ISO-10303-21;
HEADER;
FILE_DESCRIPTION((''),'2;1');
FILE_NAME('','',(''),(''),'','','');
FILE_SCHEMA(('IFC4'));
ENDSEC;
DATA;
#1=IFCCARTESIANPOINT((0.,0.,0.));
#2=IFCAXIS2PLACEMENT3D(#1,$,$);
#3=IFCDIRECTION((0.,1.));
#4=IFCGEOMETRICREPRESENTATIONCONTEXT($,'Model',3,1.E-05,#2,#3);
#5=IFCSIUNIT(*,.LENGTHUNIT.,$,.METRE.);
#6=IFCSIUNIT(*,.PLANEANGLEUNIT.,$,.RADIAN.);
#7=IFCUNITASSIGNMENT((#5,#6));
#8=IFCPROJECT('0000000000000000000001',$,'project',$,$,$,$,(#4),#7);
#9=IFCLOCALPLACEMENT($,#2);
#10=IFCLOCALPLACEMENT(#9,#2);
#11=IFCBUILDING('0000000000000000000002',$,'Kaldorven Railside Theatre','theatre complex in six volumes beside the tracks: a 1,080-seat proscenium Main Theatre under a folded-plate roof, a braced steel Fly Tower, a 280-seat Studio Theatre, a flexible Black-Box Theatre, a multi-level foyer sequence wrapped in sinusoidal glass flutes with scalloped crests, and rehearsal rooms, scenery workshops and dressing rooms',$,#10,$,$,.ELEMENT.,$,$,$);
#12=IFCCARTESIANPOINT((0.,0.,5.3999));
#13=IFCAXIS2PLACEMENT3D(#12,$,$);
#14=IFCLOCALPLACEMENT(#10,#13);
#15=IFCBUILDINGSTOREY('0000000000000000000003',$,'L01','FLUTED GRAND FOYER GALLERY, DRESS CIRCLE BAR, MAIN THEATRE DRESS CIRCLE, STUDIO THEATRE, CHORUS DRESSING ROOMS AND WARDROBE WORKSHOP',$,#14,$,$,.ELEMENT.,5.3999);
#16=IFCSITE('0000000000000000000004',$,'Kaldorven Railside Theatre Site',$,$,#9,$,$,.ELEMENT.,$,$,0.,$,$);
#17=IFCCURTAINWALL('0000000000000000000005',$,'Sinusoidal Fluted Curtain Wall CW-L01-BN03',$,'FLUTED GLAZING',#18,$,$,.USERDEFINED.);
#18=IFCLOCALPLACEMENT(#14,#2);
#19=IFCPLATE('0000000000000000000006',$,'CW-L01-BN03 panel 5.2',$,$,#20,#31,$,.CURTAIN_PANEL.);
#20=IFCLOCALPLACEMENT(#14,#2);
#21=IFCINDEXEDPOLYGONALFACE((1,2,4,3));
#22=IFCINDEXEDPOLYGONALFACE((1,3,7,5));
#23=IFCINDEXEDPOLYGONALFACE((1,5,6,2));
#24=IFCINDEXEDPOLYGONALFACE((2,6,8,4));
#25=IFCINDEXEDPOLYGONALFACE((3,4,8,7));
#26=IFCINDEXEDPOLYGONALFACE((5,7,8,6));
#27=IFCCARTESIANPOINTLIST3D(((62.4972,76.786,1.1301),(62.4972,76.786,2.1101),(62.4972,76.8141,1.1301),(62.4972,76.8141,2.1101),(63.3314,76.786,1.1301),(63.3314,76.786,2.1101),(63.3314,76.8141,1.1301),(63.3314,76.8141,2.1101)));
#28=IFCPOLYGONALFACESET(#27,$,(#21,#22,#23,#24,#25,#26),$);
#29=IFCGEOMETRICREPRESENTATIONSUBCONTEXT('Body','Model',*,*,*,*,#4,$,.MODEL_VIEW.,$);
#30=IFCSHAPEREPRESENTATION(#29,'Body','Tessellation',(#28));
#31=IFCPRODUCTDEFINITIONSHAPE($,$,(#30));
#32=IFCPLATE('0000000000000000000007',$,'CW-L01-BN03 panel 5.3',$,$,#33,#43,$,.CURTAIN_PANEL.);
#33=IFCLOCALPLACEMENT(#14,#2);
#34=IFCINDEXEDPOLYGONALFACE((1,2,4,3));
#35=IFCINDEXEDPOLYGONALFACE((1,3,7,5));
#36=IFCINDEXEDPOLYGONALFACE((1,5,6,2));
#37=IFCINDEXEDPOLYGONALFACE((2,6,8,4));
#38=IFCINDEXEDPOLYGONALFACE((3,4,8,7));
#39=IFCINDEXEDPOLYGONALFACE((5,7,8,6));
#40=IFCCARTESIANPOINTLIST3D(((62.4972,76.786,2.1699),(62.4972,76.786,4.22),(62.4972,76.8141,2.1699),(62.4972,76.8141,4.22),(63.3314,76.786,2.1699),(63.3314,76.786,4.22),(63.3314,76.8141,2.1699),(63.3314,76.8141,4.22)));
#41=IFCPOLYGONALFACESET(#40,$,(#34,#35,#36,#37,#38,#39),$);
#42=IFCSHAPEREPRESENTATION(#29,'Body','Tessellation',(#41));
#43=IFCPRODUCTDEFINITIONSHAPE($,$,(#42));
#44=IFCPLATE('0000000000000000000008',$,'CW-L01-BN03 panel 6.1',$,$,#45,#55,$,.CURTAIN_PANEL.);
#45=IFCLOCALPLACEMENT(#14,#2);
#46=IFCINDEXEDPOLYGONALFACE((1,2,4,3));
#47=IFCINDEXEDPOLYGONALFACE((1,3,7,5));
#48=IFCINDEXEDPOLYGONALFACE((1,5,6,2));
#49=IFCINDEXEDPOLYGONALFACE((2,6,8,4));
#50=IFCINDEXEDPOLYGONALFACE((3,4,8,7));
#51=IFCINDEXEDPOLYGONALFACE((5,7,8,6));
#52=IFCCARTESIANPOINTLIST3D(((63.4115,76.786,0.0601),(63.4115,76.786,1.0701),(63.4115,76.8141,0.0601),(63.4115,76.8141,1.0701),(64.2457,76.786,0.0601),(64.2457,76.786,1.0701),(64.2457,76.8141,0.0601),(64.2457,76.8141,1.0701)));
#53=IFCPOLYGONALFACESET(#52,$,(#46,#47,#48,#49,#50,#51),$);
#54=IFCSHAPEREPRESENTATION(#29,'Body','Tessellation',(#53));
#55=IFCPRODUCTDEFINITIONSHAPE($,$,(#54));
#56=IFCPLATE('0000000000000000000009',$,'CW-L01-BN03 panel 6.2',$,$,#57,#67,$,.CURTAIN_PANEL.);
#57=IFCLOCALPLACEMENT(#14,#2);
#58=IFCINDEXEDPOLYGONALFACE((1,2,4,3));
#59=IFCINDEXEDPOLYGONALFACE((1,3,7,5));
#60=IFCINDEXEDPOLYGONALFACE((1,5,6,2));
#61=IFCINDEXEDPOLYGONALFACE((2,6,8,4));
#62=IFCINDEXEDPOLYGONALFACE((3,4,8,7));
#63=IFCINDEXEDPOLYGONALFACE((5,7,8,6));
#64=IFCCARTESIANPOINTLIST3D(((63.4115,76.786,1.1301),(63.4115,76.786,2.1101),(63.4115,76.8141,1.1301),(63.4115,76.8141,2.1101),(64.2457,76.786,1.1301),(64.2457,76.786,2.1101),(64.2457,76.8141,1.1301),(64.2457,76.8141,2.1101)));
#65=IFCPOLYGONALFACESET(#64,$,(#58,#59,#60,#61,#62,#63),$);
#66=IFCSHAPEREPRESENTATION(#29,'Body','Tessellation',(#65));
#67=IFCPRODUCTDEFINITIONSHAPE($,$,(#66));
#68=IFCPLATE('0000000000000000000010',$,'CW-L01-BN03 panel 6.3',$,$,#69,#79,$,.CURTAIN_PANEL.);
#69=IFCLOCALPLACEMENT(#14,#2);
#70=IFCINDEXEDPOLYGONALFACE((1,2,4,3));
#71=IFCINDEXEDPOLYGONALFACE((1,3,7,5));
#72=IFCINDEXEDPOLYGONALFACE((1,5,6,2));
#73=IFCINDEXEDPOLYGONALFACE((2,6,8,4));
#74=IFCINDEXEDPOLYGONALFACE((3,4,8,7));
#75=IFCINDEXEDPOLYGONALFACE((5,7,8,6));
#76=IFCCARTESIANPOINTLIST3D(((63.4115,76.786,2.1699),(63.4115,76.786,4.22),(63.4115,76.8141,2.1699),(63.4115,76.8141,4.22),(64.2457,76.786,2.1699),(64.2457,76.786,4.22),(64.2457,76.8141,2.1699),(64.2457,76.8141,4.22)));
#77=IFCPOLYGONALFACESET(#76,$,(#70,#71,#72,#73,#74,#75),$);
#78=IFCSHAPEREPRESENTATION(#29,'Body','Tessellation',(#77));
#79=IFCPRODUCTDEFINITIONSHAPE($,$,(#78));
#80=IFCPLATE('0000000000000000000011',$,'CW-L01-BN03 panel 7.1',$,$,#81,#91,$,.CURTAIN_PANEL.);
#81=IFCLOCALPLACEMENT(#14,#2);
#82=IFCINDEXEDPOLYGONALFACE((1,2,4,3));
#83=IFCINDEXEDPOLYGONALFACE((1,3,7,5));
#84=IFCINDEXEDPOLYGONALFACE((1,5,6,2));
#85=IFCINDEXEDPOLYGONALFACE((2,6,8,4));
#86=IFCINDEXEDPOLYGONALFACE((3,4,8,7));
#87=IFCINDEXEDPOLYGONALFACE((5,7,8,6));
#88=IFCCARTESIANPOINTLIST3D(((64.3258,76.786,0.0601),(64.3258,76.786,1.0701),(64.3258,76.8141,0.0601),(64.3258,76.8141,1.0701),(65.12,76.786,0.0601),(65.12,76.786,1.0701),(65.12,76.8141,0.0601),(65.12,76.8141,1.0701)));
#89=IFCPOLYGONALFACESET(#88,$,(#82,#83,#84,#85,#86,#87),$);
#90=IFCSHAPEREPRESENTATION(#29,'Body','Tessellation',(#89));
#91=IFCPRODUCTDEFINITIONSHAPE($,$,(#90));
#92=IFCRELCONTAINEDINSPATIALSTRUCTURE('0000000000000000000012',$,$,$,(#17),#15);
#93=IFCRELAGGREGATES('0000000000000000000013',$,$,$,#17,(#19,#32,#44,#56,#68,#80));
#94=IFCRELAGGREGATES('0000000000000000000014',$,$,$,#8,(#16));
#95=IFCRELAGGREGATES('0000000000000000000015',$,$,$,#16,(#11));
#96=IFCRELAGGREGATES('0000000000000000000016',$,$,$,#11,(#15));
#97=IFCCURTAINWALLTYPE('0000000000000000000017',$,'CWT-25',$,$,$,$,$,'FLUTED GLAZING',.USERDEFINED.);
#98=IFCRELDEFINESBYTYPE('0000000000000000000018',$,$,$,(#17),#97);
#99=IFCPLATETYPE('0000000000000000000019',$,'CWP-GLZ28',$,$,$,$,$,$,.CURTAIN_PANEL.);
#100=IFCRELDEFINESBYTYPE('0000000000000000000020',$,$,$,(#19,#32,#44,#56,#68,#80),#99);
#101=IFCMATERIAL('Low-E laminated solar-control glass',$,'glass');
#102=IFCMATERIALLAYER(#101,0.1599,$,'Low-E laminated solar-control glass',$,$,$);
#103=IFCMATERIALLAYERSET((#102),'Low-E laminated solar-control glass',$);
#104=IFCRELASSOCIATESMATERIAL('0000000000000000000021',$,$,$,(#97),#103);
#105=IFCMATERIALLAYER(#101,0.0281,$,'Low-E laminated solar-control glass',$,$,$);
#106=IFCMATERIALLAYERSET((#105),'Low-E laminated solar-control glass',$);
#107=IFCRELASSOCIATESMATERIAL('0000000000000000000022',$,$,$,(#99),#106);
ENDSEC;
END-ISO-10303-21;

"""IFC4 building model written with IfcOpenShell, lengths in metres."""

from ifc_helpers import new_model, si_unit, direction, frame, origin, origin_2d, place, context, subcontext, project, spatial, rectangle, extrude, material, layer, layer_set, type_object, element, aggregate, save


model = new_model("IFC4")

# Units and contexts
model_context = context("Model", 3, precision=1e-05, world=origin(), true_north=direction((0.0, 1.0)))
body_context = subcontext(model_context, "Body", "Model", "MODEL_VIEW")
ifc_project = project(units=[si_unit("LENGTHUNIT", "METRE"), si_unit("PLANEANGLEUNIT", "RADIAN")], contexts=[model_context])

# Site, building, storey
site_placement = place(None, origin())
site = spatial("IfcSite", under=ifc_project, at=site_placement, Name="Kaldorven Railside Theatre Site", CompositionType="ELEMENT", RefElevation=0.0)
building_placement = place(site_placement, origin())
building = spatial("IfcBuilding", under=site, at=building_placement, Name="Kaldorven Railside Theatre", Description="theatre complex in six volumes beside the tracks: a 1,080-seat proscenium Main Theatre under a folded-plate roof, a braced steel Fly Tower, a 280-seat Studio Theatre, a flexible Black-Box Theatre, a multi-level foyer sequence wrapped in sinusoidal glass flutes with scalloped crests, and rehearsal rooms, scenery workshops and dressing rooms", CompositionType="ELEMENT")
storey_placement = place(building_placement, frame((0.0, 0.0, 5.3999)))
storey = spatial("IfcBuildingStorey", under=building, at=storey_placement, Name="L01", Description="FLUTED GRAND FOYER GALLERY, DRESS CIRCLE BAR, MAIN THEATRE DRESS CIRCLE, STUDIO THEATRE, CHORUS DRESSING ROOMS AND WARDROBE WORKSHOP", CompositionType="ELEMENT", Elevation=5.3999)

# Curtain wall, plates
ifc_material_1 = material(Name="Low-E laminated solar-control glass", Category="glass")
ifc_layer_1 = layer(ifc_material_1, 0.1599, Name="Low-E laminated solar-control glass")
ifc_layer_set_1 = layer_set([ifc_layer_1], Name="Low-E laminated solar-control glass")
curtain_wall_type = type_object("IfcCurtainWallType", Name="CWT-25", ElementType="FLUTED GLAZING", PredefinedType="USERDEFINED", material=ifc_layer_set_1)
curtain_wall_placement = place(storey_placement, origin())
curtain_wall = element("IfcCurtainWall", 1, at=curtain_wall_placement, inside=storey, type_object=curtain_wall_type, Name="Sinusoidal Fluted Curtain Wall CW-L01-BN03", ObjectType="FLUTED GLAZING", PredefinedType="USERDEFINED")
ifc_layer_2 = layer(ifc_material_1, 0.0281, Name="Low-E laminated solar-control glass")
ifc_layer_set_2 = layer_set([ifc_layer_2], Name="Low-E laminated solar-control glass")
plate_type = type_object("IfcPlateType", Name="CWP-GLZ28", PredefinedType="CURTAIN_PANEL", material=ifc_layer_set_2)
plate_1_placement = place(storey_placement, frame((62.9143, 76.8, 1.1301), z_axis=(0.0, 0.0, 1.0), x_axis=(1.0, 0.0, 0.0)))
plate_1 = element("IfcPlate", 2, at=plate_1_placement, type_object=plate_type, Name="CW-L01-BN03 panel 5.2", PredefinedType="CURTAIN_PANEL", context=body_context, shape_type="SweptSolid", body=[
    extrude(rectangle(XDim=0.8342, YDim=0.0281, at=origin_2d()), origin(), (0.0, 0.0, 1.0), 0.98),
])
plate_2_placement = place(storey_placement, frame((62.9143, 76.8, 2.1699), z_axis=(0.0, 0.0, 1.0), x_axis=(1.0, 0.0, 0.0)))
plate_2 = element("IfcPlate", 3, at=plate_2_placement, type_object=plate_type, Name="CW-L01-BN03 panel 5.3", PredefinedType="CURTAIN_PANEL", context=body_context, shape_type="SweptSolid", body=[
    extrude(rectangle(XDim=0.8342, YDim=0.0281, at=origin_2d()), origin(), (0.0, 0.0, 1.0), 2.05),
])
plate_3_placement = place(storey_placement, frame((63.8286, 76.8, 0.0601), z_axis=(0.0, 0.0, 1.0), x_axis=(1.0, 0.0, 0.0)))
plate_3 = element("IfcPlate", 4, at=plate_3_placement, type_object=plate_type, Name="CW-L01-BN03 panel 6.1", PredefinedType="CURTAIN_PANEL", context=body_context, shape_type="SweptSolid", body=[
    extrude(rectangle(XDim=0.8342, YDim=0.0281, at=origin_2d()), origin(), (0.0, 0.0, 1.0), 1.01),
])
plate_4_placement = place(storey_placement, frame((63.8286, 76.8, 1.1301), z_axis=(0.0, 0.0, 1.0), x_axis=(1.0, 0.0, 0.0)))
plate_4 = element("IfcPlate", 5, at=plate_4_placement, type_object=plate_type, Name="CW-L01-BN03 panel 6.2", PredefinedType="CURTAIN_PANEL", context=body_context, shape_type="SweptSolid", body=[
    extrude(rectangle(XDim=0.8342, YDim=0.0281, at=origin_2d()), origin(), (0.0, 0.0, 1.0), 0.98),
])
plate_5_placement = place(storey_placement, frame((63.8286, 76.8, 2.1699), z_axis=(0.0, 0.0, 1.0), x_axis=(1.0, 0.0, 0.0)))
plate_5 = element("IfcPlate", 6, at=plate_5_placement, type_object=plate_type, Name="CW-L01-BN03 panel 6.3", PredefinedType="CURTAIN_PANEL", context=body_context, shape_type="SweptSolid", body=[
    extrude(rectangle(XDim=0.8342, YDim=0.0281, at=origin_2d()), origin(), (0.0, 0.0, 1.0), 2.05),
])
plate_6_placement = place(storey_placement, frame((64.7229, 76.8, 0.0601), z_axis=(0.0, 0.0, 1.0), x_axis=(1.0, 0.0, 0.0)))
plate_6 = element("IfcPlate", 7, at=plate_6_placement, type_object=plate_type, Name="CW-L01-BN03 panel 7.1", PredefinedType="CURTAIN_PANEL", context=body_context, shape_type="SweptSolid", body=[
    extrude(rectangle(XDim=0.7942, YDim=0.0281, at=origin_2d()), origin(), (0.0, 0.0, 1.0), 1.01),
])
aggregate(curtain_wall, [plate_1, plate_2, plate_3, plate_4, plate_5, plate_6])

save(model, "model.ifc")
